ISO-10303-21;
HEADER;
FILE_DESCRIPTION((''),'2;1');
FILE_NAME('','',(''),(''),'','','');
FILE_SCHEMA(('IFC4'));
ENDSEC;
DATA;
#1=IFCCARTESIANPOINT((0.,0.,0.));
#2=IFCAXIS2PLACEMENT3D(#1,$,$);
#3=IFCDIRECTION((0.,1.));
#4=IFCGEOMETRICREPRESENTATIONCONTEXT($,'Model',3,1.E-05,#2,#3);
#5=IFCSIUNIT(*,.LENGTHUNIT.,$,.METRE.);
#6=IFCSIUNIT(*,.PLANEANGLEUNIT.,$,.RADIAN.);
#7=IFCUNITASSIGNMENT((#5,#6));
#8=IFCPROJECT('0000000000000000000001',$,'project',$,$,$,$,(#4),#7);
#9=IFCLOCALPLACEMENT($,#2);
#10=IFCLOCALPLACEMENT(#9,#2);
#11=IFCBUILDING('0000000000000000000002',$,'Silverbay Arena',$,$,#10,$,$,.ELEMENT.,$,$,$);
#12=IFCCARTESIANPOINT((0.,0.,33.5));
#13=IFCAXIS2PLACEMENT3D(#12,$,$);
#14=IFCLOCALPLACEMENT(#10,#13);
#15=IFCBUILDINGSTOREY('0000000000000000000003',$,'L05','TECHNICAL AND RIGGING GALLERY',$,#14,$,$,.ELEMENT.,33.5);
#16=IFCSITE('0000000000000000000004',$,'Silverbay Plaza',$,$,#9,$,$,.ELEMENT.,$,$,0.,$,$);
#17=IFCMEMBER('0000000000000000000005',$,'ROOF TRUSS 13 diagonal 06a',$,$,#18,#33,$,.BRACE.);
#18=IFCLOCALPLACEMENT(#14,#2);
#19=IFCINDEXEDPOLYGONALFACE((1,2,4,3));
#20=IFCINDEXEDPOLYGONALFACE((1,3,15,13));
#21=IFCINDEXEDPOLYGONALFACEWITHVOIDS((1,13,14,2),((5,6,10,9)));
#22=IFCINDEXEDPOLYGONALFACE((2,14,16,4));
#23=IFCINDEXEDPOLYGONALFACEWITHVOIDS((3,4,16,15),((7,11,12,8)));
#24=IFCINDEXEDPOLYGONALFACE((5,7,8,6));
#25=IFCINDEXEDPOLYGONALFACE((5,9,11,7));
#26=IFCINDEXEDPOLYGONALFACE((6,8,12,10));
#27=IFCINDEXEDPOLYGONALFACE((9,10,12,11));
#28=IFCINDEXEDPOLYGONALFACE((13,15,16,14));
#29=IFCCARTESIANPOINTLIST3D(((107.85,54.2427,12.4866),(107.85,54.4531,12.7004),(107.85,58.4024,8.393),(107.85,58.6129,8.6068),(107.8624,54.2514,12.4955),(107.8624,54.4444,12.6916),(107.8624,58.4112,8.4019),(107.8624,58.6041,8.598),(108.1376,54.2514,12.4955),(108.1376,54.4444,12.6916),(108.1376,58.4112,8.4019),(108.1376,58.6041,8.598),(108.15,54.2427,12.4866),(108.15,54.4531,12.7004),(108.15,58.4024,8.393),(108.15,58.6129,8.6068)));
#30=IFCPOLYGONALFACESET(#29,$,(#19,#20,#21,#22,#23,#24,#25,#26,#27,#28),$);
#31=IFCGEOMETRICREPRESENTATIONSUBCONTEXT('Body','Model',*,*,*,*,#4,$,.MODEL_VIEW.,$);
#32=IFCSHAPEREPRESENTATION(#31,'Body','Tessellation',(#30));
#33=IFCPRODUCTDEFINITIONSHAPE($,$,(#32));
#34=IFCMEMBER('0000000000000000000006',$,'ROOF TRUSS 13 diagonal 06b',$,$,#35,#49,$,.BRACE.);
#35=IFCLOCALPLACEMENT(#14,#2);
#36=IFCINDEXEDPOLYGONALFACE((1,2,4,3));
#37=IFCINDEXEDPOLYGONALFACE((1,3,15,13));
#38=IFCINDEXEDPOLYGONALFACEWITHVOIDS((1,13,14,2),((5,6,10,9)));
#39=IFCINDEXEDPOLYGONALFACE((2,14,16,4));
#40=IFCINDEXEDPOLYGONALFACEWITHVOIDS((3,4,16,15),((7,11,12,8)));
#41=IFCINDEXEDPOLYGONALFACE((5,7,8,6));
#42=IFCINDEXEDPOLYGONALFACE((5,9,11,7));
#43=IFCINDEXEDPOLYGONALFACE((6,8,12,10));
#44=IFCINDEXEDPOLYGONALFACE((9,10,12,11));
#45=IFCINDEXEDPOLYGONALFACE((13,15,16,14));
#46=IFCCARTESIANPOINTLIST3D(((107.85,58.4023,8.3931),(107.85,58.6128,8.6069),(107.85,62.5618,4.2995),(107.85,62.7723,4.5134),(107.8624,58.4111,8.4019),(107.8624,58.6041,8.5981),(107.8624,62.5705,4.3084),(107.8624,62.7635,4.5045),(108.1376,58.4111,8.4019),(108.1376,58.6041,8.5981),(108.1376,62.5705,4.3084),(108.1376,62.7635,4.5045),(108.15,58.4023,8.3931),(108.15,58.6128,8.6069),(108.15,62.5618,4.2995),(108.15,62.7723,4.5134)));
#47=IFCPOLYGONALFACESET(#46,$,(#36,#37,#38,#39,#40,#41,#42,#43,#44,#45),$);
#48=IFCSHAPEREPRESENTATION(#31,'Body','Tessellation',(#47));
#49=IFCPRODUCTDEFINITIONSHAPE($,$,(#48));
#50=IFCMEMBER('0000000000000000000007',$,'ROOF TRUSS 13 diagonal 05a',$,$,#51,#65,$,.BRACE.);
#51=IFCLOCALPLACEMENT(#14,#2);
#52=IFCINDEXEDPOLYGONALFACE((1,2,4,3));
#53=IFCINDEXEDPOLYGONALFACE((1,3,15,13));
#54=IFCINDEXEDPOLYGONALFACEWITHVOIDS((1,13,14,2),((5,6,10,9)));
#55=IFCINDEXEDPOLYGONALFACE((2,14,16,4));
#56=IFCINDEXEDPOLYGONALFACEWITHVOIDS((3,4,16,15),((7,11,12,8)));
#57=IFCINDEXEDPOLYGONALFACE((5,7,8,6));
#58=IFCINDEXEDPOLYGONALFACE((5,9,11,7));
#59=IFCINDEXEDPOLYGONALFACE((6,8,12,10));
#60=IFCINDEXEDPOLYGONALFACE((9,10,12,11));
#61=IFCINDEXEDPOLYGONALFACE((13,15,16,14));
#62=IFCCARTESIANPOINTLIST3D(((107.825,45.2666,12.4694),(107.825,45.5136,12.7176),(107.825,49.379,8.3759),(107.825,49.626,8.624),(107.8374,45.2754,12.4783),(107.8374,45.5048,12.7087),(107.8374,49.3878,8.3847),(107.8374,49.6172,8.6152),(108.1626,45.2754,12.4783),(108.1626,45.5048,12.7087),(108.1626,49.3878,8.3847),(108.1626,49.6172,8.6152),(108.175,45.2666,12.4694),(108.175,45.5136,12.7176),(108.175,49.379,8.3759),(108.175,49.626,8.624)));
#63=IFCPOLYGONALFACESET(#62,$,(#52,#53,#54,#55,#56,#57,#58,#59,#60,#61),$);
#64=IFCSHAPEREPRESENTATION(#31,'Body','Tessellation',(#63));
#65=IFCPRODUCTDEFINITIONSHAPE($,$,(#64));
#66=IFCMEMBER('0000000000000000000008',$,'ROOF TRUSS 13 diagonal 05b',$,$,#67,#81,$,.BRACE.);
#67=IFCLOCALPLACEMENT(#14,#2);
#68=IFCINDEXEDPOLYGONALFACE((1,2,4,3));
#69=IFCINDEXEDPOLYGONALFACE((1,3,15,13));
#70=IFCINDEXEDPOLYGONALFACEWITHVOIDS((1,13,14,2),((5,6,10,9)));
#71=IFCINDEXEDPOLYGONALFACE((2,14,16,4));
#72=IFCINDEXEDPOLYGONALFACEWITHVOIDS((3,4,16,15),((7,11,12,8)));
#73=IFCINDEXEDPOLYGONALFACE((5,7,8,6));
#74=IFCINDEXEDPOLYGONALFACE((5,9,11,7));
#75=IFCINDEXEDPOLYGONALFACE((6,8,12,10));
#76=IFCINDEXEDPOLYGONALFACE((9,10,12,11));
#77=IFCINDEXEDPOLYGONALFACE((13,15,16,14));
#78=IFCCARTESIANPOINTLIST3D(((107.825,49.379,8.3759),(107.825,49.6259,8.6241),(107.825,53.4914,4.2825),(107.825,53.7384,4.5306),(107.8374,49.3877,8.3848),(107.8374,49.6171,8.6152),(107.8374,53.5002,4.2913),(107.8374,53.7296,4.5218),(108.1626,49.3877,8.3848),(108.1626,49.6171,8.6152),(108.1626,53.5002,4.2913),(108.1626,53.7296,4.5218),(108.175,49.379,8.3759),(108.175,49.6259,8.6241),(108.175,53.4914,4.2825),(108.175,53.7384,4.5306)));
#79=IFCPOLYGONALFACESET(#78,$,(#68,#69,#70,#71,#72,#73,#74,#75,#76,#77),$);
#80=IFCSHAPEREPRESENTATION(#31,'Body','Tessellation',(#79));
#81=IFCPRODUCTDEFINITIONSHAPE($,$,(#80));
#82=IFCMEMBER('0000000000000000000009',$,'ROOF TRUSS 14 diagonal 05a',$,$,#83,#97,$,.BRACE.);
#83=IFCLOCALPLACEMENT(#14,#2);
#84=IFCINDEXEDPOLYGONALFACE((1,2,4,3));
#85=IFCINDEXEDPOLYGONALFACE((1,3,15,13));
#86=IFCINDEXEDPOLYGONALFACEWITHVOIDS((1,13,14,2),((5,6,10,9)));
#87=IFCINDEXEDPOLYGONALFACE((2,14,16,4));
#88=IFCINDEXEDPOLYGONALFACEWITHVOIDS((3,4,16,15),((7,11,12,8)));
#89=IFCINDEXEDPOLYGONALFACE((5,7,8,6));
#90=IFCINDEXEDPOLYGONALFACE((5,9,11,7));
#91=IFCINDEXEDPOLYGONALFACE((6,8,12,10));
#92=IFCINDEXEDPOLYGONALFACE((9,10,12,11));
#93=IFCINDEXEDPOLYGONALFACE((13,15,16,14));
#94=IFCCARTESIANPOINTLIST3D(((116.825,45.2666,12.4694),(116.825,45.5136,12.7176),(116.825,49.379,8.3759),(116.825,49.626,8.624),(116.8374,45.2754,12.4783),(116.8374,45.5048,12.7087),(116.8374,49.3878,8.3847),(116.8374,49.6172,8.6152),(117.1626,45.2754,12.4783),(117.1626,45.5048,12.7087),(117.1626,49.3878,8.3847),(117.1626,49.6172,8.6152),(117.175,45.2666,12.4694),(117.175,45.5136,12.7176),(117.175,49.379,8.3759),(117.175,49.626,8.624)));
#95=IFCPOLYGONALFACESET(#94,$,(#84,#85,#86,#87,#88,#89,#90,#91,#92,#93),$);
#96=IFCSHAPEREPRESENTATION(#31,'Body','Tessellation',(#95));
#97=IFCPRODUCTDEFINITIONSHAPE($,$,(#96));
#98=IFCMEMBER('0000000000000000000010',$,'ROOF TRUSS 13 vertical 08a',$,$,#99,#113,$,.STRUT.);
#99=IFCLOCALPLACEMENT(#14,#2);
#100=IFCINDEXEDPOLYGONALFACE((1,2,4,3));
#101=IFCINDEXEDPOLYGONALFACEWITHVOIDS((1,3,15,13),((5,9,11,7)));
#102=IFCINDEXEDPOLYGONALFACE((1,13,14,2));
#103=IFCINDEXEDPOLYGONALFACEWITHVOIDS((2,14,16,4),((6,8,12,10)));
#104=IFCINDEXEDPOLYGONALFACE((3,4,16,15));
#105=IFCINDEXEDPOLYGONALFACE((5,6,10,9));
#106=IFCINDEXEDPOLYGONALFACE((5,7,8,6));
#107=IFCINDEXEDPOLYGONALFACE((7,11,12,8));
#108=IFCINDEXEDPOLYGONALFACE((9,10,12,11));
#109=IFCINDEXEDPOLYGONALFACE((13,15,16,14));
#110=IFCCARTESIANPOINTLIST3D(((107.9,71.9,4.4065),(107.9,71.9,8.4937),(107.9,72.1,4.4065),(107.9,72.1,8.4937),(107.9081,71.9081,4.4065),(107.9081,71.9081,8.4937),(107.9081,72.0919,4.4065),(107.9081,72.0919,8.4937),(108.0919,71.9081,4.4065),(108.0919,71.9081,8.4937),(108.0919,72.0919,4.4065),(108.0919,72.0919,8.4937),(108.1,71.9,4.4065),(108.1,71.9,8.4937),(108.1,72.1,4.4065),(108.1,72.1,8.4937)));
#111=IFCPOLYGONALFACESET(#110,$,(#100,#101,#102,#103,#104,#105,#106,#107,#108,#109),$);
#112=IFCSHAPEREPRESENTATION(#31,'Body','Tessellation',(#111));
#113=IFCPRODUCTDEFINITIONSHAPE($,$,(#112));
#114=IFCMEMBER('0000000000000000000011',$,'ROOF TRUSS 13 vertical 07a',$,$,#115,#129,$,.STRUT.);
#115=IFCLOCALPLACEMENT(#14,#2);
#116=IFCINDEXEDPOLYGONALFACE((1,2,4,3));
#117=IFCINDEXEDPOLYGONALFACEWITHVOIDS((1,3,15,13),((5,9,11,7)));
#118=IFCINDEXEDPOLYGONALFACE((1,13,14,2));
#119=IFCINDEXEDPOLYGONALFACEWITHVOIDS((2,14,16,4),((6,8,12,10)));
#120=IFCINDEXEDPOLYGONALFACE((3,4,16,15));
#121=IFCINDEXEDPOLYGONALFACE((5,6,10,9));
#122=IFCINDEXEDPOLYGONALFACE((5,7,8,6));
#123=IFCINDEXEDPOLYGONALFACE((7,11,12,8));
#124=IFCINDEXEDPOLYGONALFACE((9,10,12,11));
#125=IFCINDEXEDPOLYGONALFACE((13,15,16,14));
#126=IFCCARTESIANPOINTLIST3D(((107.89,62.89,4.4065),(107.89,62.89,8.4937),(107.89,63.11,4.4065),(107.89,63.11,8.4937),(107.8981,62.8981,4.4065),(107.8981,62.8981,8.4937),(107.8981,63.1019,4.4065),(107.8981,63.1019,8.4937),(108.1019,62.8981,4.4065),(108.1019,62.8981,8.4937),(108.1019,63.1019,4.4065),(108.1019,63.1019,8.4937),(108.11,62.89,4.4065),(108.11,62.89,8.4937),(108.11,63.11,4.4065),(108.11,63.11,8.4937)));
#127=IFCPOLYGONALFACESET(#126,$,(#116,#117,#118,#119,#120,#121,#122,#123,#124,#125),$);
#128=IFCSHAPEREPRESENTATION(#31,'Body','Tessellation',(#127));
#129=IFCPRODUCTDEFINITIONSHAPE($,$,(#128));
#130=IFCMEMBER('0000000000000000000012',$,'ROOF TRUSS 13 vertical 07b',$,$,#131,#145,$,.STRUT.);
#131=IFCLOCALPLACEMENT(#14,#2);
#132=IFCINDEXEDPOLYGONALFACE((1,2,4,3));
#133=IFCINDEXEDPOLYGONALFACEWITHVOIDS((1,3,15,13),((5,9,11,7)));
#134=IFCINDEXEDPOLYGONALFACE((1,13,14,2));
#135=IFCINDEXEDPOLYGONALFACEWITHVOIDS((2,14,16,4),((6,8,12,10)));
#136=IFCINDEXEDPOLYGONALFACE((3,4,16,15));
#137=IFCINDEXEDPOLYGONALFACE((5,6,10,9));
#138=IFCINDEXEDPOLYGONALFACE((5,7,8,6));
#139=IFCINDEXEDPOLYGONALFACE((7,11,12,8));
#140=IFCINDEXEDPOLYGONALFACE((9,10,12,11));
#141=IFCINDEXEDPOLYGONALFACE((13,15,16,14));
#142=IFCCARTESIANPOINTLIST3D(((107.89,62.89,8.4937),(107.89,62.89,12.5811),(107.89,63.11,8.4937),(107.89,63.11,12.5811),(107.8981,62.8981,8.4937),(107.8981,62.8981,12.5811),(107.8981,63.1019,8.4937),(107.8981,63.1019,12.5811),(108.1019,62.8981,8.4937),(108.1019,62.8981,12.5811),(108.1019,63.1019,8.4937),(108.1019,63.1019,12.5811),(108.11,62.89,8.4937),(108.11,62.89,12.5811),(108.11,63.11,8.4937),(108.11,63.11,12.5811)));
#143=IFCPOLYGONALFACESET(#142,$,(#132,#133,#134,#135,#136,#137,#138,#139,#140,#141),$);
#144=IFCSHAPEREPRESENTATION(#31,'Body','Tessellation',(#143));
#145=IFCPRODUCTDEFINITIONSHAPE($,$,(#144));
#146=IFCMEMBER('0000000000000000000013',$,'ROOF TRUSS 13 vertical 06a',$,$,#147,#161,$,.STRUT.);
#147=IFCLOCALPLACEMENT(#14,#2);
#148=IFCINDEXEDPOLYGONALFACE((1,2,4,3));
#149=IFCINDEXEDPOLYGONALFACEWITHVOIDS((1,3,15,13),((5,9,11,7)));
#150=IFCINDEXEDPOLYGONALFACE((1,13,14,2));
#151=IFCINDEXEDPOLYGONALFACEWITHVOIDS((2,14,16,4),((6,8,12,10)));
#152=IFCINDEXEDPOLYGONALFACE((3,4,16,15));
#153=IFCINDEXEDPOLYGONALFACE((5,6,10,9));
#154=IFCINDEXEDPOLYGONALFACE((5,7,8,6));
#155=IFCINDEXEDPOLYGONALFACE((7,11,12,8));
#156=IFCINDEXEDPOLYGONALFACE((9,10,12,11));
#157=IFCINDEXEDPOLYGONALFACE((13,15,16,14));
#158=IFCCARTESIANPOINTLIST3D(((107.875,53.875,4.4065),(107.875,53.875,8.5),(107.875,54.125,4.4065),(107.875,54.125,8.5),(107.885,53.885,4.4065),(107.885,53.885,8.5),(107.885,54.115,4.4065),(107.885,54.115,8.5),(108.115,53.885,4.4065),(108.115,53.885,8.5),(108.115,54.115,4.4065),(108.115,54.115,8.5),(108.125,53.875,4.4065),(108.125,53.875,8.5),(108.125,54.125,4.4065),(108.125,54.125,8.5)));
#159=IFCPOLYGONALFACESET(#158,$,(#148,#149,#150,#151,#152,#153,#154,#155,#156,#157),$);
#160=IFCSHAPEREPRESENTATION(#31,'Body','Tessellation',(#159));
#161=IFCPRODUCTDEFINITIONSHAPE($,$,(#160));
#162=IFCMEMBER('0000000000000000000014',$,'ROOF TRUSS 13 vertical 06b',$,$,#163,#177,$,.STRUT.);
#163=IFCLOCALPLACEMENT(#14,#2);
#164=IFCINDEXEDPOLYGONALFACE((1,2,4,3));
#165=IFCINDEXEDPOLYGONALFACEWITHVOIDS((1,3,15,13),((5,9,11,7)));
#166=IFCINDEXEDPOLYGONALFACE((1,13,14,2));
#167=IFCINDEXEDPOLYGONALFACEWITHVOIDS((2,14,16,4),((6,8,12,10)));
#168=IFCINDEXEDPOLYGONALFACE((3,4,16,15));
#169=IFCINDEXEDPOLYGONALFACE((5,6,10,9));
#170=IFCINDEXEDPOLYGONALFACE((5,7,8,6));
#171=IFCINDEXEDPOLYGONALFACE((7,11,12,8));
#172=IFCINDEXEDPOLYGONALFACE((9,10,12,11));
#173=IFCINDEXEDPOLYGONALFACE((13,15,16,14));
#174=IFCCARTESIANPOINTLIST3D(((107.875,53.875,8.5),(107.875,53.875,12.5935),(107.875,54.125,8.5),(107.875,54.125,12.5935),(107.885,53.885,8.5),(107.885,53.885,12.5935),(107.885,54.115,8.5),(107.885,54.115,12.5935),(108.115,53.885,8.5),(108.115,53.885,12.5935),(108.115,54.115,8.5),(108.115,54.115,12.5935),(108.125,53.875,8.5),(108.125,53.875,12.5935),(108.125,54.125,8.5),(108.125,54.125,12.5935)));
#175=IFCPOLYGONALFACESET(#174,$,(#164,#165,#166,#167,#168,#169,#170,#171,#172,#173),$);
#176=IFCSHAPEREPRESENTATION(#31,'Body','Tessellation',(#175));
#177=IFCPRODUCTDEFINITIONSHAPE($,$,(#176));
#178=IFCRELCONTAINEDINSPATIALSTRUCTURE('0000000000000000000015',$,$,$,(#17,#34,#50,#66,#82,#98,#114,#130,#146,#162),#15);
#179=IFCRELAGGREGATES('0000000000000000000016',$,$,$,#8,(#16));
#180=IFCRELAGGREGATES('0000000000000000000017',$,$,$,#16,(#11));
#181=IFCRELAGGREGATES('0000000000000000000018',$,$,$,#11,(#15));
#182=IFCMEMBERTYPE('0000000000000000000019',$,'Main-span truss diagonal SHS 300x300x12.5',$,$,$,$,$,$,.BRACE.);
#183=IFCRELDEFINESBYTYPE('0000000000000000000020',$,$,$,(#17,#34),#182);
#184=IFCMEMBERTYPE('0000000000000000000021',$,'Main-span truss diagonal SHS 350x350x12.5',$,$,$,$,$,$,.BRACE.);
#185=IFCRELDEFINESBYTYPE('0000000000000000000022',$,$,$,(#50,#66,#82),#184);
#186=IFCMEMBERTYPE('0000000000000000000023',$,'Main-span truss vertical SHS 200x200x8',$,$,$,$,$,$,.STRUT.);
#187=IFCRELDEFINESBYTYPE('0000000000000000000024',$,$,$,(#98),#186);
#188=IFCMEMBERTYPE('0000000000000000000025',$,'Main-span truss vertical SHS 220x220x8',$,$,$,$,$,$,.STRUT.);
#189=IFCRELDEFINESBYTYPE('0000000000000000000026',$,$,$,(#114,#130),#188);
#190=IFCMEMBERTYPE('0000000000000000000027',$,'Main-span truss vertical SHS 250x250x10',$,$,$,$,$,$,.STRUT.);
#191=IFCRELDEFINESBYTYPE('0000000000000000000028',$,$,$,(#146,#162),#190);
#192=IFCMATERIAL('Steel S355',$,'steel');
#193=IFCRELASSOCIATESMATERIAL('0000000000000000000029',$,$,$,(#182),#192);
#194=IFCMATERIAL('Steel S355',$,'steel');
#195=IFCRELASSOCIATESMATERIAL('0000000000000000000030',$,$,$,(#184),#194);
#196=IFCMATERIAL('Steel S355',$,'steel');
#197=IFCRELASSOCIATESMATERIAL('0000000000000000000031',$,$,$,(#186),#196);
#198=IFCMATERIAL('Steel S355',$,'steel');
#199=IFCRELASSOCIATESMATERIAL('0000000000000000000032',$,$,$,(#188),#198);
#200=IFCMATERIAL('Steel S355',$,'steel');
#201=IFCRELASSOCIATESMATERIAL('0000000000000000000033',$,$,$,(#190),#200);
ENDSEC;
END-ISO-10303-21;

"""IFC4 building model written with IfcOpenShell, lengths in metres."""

from ifc_helpers import new_model, si_unit, direction, frame, origin, origin_2d, place, context, subcontext, project, spatial, hollow_rectangle, extrude, material, material_profile, profile_set, type_object, element, save


model = new_model("IFC4")

# Units and contexts
model_context = context("Model", 3, precision=1e-05, world=origin(), true_north=direction((0.0, 1.0)))
body_context = subcontext(model_context, "Body", "Model", "MODEL_VIEW")
ifc_project = project(units=[si_unit("LENGTHUNIT", "METRE"), si_unit("PLANEANGLEUNIT", "RADIAN")], contexts=[model_context])

# Site, building, storey
site_placement = place(None, origin())
site = spatial("IfcSite", under=ifc_project, at=site_placement, Name="Silverbay Plaza", CompositionType="ELEMENT", RefElevation=0.0)
building_placement = place(site_placement, origin())
building = spatial("IfcBuilding", under=site, at=building_placement, Name="Silverbay Arena", CompositionType="ELEMENT")
storey_placement = place(building_placement, frame((0.0, 0.0, 33.5)))
storey = spatial("IfcBuildingStorey", under=building, at=storey_placement, Name="L05", Description="TECHNICAL AND RIGGING GALLERY", CompositionType="ELEMENT", Elevation=33.5)

# Members
ifc_material_1 = material(Name="Steel S355", Category="steel")
ifc_material_profile_1 = material_profile(ifc_material_1, hollow_rectangle(XDim=0.3, YDim=0.3, WallThickness=0.0125, at=origin_2d()), Name="SHS 300x300x12.5")
ifc_profile_set_1 = profile_set([ifc_material_profile_1], Name="Steel S355")
member_type_1 = type_object("IfcMemberType", Name="Main-span truss diagonal SHS 300x300x12.5", PredefinedType="BRACE", material=ifc_profile_set_1)
member_1_placement = place(storey_placement, frame((108.0, 54.3479, 12.5935), z_axis=(0.0, 0.712752, -0.701416), x_axis=(-1.0, 0.0, 0.0)))
element("IfcMember", 1, at=member_1_placement, inside=storey, type_object=member_type_1, Name="ROOF TRUSS 13 diagonal 06a", PredefinedType="BRACE", context=body_context, shape_type="SweptSolid", body=[
    extrude(hollow_rectangle(XDim=0.3, YDim=0.3, WallThickness=0.0125, at=origin_2d()), origin(), (0.0, 0.0, 1.0), 5.8362),
])
member_2_placement = place(storey_placement, frame((108.0, 58.5076, 8.5), z_axis=(0.0, 0.712732, -0.701437), x_axis=(-1.0, 0.0, 0.0)))
element("IfcMember", 2, at=member_2_placement, inside=storey, type_object=member_type_1, Name="ROOF TRUSS 13 diagonal 06b", PredefinedType="BRACE", context=body_context, shape_type="SweptSolid", body=[
    extrude(hollow_rectangle(XDim=0.3, YDim=0.3, WallThickness=0.0125, at=origin_2d()), origin(), (0.0, 0.0, 1.0), 5.8359),
])
ifc_material_2 = material(Name="Steel S355", Category="steel")
ifc_material_profile_2 = material_profile(ifc_material_2, hollow_rectangle(XDim=0.3501, YDim=0.3501, WallThickness=0.0125, at=origin_2d()), Name="SHS 350x350x12.5")
ifc_profile_set_2 = profile_set([ifc_material_profile_2], Name="Steel S355")
member_type_2 = type_object("IfcMemberType", Name="Main-span truss diagonal SHS 350x350x12.5", PredefinedType="BRACE", material=ifc_profile_set_2)
for number, where, z_axis, x_axis, name in (
    (3, (108.0, 45.3901, 12.5935), (0.0, 0.708725, -0.705485), (-1.0, 0.0, 0.0), "ROOF TRUSS 13 diagonal 05a"),
    (4, (108.0, 49.5024, 8.5), (0.0, 0.708746, -0.705464), (-1.0, 0.0, 0.0), "ROOF TRUSS 13 diagonal 05b"),
    (5, (117.0, 45.3901, 12.5935), (0.0, 0.708725, -0.705485), (-1.0, 0.0, 0.0), "ROOF TRUSS 14 diagonal 05a"),
):
    element("IfcMember", number, at=place(storey_placement, frame(where, z_axis=z_axis, x_axis=x_axis)), inside=storey, type_object=member_type_2, Name=name, PredefinedType="BRACE", context=body_context, shape_type="SweptSolid", body=[
        extrude(hollow_rectangle(XDim=0.3501, YDim=0.3501, WallThickness=0.0125, at=origin_2d()), origin(), (0.0, 0.0, 1.0), 5.8025),
    ])
ifc_material_3 = material(Name="Steel S355", Category="steel")
ifc_material_profile_3 = material_profile(ifc_material_3, hollow_rectangle(XDim=0.2, YDim=0.2, WallThickness=0.0081, at=origin_2d()), Name="SHS 200x200x8")
ifc_profile_set_3 = profile_set([ifc_material_profile_3], Name="Steel S355")
member_type_3 = type_object("IfcMemberType", Name="Main-span truss vertical SHS 200x200x8", PredefinedType="STRUT", material=ifc_profile_set_3)
member_3_placement = place(storey_placement, frame((108.0, 72.0, 4.4065), z_axis=(0.0, 0.0, 1.0), x_axis=(1.0, 0.0, 0.0)))
element("IfcMember", 6, at=member_3_placement, inside=storey, type_object=member_type_3, Name="ROOF TRUSS 13 vertical 08a", PredefinedType="STRUT", context=body_context, shape_type="SweptSolid", body=[
    extrude(hollow_rectangle(XDim=0.2, YDim=0.2, WallThickness=0.0081, at=origin_2d()), origin(), (0.0, 0.0, 1.0), 4.0872),
])
ifc_material_4 = material(Name="Steel S355", Category="steel")
ifc_material_profile_4 = material_profile(ifc_material_4, hollow_rectangle(XDim=0.22, YDim=0.22, WallThickness=0.0081, at=origin_2d()), Name="SHS 220x220x8")
ifc_profile_set_4 = profile_set([ifc_material_profile_4], Name="Steel S355")
member_type_4 = type_object("IfcMemberType", Name="Main-span truss vertical SHS 220x220x8", PredefinedType="STRUT", material=ifc_profile_set_4)
member_4_placement = place(storey_placement, frame((108.0, 63.0, 4.4065), z_axis=(0.0, 0.0, 1.0), x_axis=(1.0, 0.0, 0.0)))
element("IfcMember", 7, at=member_4_placement, inside=storey, type_object=member_type_4, Name="ROOF TRUSS 13 vertical 07a", PredefinedType="STRUT", context=body_context, shape_type="SweptSolid", body=[
    extrude(hollow_rectangle(XDim=0.22, YDim=0.22, WallThickness=0.0081, at=origin_2d()), origin(), (0.0, 0.0, 1.0), 4.0872),
])
member_5_placement = place(storey_placement, frame((108.0, 63.0, 8.4937), z_axis=(0.0, 0.0, 1.0), x_axis=(1.0, 0.0, 0.0)))
element("IfcMember", 8, at=member_5_placement, inside=storey, type_object=member_type_4, Name="ROOF TRUSS 13 vertical 07b", PredefinedType="STRUT", context=body_context, shape_type="SweptSolid", body=[
    extrude(hollow_rectangle(XDim=0.22, YDim=0.22, WallThickness=0.0081, at=origin_2d()), origin(), (0.0, 0.0, 1.0), 4.0874),
])
ifc_material_5 = material(Name="Steel S355", Category="steel")
ifc_material_profile_5 = material_profile(ifc_material_5, hollow_rectangle(XDim=0.25, YDim=0.25, WallThickness=0.01, at=origin_2d()), Name="SHS 250x250x10")
ifc_profile_set_5 = profile_set([ifc_material_profile_5], Name="Steel S355")
member_type_5 = type_object("IfcMemberType", Name="Main-span truss vertical SHS 250x250x10", PredefinedType="STRUT", material=ifc_profile_set_5)
for number, where, z_axis, x_axis, name in (
    (9, (108.0, 54.0, 4.4065), (0.0, 0.0, 1.0), (1.0, 0.0, 0.0), "ROOF TRUSS 13 vertical 06a"),
    (10, (108.0, 54.0, 8.5), (0.0, 0.0, 1.0), (1.0, 0.0, 0.0), "ROOF TRUSS 13 vertical 06b"),
):
    element("IfcMember", number, at=place(storey_placement, frame(where, z_axis=z_axis, x_axis=x_axis)), inside=storey, type_object=member_type_5, Name=name, PredefinedType="STRUT", context=body_context, shape_type="SweptSolid", body=[
        extrude(hollow_rectangle(XDim=0.25, YDim=0.25, WallThickness=0.01, at=origin_2d()), origin(), (0.0, 0.0, 1.0), 4.0935),
    ])

save(model, "model.ifc")
